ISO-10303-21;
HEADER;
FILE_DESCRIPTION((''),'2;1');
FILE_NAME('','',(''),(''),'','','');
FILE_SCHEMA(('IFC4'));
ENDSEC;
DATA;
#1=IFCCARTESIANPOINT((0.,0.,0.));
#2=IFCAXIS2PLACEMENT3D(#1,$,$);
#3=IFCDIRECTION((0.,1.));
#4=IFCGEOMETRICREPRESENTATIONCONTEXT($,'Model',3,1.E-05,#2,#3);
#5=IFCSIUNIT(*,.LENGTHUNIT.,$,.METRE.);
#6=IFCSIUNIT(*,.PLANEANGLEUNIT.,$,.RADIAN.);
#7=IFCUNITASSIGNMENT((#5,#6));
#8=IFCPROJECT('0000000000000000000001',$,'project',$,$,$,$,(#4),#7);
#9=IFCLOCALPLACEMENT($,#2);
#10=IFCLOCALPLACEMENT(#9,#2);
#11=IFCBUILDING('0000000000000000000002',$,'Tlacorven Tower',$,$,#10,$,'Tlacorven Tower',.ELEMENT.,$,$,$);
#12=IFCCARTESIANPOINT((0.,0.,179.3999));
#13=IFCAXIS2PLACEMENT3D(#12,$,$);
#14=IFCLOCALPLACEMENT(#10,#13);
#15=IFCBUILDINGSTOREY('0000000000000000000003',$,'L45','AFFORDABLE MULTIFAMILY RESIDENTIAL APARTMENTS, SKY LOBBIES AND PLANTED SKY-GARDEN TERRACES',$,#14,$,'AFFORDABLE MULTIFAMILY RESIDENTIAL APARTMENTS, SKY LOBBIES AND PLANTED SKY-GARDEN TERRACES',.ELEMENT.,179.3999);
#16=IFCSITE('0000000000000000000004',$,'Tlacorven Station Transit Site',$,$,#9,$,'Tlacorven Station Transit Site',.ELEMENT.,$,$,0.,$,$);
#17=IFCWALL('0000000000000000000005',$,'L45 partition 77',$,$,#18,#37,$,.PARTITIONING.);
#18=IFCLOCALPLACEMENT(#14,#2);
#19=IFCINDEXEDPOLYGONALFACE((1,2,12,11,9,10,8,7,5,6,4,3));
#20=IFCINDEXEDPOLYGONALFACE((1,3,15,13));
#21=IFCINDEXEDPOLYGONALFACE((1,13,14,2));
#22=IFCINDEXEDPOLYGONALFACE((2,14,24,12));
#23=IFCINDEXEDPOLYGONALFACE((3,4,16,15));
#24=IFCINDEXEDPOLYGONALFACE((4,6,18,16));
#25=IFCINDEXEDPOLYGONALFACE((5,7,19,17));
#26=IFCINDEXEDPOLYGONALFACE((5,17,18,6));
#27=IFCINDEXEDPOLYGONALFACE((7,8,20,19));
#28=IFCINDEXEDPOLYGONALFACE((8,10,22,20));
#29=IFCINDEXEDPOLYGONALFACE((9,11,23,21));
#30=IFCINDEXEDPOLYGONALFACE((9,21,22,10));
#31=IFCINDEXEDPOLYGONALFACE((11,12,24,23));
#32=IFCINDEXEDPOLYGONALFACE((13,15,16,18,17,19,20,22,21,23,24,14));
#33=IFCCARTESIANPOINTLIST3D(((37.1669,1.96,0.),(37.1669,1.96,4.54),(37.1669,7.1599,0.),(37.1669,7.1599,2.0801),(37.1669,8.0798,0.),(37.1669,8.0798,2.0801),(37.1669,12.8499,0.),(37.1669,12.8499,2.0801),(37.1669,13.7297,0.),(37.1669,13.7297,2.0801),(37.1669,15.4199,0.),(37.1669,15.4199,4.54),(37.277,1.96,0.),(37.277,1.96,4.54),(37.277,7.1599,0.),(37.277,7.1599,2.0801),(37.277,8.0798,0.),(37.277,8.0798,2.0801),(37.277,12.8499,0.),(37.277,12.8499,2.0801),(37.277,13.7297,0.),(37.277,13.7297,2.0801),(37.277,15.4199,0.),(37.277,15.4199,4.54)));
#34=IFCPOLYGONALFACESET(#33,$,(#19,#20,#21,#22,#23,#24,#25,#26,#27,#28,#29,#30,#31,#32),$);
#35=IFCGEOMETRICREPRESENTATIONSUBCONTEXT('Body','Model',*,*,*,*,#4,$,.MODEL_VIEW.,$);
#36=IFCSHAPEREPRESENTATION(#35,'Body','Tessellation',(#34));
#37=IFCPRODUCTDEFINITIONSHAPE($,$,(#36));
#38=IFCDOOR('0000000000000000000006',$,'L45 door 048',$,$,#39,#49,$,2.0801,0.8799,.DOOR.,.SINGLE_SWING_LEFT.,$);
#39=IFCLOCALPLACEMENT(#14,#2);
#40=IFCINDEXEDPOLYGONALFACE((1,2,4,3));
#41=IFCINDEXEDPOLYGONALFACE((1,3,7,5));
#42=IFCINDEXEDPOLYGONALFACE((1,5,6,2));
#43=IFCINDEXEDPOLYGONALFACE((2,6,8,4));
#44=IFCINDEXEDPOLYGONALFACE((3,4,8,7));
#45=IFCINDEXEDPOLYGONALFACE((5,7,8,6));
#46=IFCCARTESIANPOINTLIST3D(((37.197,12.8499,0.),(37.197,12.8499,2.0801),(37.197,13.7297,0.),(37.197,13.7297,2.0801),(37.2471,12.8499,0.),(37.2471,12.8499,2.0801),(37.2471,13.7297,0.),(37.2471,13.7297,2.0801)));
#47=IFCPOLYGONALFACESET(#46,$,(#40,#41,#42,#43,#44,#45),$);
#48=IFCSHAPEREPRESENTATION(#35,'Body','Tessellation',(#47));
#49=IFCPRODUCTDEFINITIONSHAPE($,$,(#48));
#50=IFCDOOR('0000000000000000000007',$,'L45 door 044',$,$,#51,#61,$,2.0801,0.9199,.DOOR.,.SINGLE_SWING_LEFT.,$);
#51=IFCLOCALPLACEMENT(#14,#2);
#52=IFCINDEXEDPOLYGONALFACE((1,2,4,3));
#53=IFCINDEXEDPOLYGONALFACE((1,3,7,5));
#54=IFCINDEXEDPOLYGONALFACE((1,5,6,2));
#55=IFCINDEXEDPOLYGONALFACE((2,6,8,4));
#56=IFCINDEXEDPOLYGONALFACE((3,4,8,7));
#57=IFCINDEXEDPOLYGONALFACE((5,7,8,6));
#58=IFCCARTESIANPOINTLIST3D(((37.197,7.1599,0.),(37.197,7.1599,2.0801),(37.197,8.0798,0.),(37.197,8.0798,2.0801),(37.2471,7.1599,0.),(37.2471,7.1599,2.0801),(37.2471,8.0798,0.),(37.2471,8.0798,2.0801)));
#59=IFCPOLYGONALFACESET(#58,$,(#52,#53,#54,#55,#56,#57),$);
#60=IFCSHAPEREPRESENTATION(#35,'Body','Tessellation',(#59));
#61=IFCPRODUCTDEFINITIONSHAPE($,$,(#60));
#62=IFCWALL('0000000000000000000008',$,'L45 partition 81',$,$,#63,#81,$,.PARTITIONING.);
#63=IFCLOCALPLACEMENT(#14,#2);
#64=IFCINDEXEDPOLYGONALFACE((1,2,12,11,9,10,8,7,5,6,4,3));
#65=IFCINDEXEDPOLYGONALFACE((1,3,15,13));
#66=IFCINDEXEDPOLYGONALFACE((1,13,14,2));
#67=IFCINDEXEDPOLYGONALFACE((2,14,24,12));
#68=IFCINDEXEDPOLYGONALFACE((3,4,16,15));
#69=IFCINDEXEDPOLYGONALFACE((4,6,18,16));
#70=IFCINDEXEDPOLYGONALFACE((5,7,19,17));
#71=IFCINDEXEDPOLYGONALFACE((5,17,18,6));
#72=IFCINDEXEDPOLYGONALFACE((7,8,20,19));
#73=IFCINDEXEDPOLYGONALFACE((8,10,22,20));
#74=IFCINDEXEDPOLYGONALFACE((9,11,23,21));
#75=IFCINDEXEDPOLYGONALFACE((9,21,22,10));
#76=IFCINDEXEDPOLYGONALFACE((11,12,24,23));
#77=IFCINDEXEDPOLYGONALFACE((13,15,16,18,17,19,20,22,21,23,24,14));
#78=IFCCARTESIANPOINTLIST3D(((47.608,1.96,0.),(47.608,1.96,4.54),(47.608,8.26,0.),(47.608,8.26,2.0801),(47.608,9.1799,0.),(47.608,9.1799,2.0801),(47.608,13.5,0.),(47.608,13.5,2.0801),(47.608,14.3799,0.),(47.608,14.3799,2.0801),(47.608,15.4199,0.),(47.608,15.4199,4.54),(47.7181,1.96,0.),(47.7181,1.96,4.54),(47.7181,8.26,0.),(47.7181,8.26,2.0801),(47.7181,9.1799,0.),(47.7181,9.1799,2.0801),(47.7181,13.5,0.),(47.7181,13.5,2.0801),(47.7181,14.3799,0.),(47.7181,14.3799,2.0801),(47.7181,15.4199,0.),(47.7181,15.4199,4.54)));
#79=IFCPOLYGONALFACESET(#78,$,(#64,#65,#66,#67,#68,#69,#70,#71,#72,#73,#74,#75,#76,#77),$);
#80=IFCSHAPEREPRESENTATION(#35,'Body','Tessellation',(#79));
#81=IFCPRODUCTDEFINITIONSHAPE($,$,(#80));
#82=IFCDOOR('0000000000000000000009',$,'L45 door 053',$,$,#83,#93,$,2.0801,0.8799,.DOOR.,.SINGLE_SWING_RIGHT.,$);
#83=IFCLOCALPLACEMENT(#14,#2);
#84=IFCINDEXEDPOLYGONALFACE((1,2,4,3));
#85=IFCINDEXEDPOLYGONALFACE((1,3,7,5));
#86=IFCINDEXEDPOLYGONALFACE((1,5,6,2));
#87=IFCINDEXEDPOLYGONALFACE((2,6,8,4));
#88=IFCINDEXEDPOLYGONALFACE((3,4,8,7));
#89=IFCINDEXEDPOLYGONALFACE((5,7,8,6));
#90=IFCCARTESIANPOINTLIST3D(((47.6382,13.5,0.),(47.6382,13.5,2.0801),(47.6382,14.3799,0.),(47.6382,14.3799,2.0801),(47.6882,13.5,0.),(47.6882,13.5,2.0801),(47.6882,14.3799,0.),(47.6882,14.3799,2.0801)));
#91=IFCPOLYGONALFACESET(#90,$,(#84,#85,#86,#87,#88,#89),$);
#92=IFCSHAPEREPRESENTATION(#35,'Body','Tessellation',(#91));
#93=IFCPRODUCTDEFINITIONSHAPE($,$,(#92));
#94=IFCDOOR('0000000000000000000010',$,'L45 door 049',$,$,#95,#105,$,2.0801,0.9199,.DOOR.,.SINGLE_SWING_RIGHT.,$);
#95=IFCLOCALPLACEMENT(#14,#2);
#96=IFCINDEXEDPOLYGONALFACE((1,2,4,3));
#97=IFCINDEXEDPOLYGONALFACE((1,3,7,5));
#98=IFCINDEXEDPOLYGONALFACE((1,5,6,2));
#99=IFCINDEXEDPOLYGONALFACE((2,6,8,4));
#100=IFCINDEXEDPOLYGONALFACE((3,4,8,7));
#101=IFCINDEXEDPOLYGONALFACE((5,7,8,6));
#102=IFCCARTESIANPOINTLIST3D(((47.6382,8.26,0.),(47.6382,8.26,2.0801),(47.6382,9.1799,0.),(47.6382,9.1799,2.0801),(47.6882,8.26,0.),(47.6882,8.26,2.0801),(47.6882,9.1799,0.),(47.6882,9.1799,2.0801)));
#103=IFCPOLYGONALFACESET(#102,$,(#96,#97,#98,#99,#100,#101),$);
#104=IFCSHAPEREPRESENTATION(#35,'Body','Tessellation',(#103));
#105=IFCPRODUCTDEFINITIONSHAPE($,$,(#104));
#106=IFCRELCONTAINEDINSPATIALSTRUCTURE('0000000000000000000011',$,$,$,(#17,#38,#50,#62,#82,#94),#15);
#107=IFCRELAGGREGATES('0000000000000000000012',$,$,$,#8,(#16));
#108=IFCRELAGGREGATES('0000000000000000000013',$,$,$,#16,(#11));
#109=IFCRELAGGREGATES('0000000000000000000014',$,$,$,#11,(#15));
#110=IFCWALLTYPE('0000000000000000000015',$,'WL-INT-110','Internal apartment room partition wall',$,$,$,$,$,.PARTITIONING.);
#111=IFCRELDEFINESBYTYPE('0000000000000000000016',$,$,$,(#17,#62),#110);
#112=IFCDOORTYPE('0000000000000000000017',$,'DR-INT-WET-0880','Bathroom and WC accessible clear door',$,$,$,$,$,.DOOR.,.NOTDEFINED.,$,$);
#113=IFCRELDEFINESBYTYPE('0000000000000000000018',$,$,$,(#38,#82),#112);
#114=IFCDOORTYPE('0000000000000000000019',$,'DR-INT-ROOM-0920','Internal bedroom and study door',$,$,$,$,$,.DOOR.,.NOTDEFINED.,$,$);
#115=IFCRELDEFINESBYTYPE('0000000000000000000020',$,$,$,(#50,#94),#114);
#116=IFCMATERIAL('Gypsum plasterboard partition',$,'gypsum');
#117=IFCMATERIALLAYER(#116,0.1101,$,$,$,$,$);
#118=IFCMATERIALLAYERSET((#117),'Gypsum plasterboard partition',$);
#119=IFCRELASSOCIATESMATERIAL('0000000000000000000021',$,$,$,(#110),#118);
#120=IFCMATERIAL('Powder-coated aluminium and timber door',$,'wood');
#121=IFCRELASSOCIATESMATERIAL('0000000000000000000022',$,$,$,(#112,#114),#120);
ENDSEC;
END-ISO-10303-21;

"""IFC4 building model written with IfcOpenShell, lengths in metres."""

from ifc_helpers import new_model, si_unit, direction, frame, frame_2d, origin, place, context, subcontext, project, spatial, rectangle, extrude, source, transform, mapped, material, layer, layer_set, type_object, element, fill, save


model = new_model("IFC4")

# Units and contexts
model_context = context("Model", 3, precision=1e-05, world=origin(), true_north=direction((0.0, 1.0)))
body_context = subcontext(model_context, "Body", "Model", "MODEL_VIEW")
ifc_project = project(units=[si_unit("LENGTHUNIT", "METRE"), si_unit("PLANEANGLEUNIT", "RADIAN")], contexts=[model_context])

# Site, building, storey
site_placement = place(None, origin())
site = spatial("IfcSite", under=ifc_project, at=site_placement, Name="Tlacorven Station Transit Site", LongName="Tlacorven Station Transit Site", CompositionType="ELEMENT", RefElevation=0.0)
building_placement = place(site_placement, origin())
building = spatial("IfcBuilding", under=site, at=building_placement, Name="Tlacorven Tower", LongName="Tlacorven Tower", CompositionType="ELEMENT")
storey_placement = place(building_placement, frame((0.0, 0.0, 179.3999)))
storey = spatial("IfcBuildingStorey", under=building, at=storey_placement, Name="L45", Description="AFFORDABLE MULTIFAMILY RESIDENTIAL APARTMENTS, SKY LOBBIES AND PLANTED SKY-GARDEN TERRACES", LongName="AFFORDABLE MULTIFAMILY RESIDENTIAL APARTMENTS, SKY LOBBIES AND PLANTED SKY-GARDEN TERRACES", CompositionType="ELEMENT", Elevation=179.3999)

# Walls, openings, doors
ifc_material_1 = material(Name="Gypsum plasterboard partition", Category="gypsum")
ifc_layer_1 = layer(ifc_material_1, 0.1101)
ifc_layer_set_1 = layer_set([ifc_layer_1], Name="Gypsum plasterboard partition")
wall_type_1 = type_object("IfcWallType", Name="WL-INT-110", Description="Internal apartment room partition wall", PredefinedType="PARTITIONING", material=ifc_layer_set_1)
wall_1_placement = place(storey_placement, frame((37.2219, 1.96, 0.0), z_axis=(0.0, 0.0, 1.0), x_axis=(0.0, 1.0, 0.0)))
wall_1 = element("IfcWall", 1, at=wall_1_placement, inside=storey, type_object=wall_type_1, Name="L45 partition 77", PredefinedType="PARTITIONING", context=body_context, shape_type="SweptSolid", body=[
    extrude(rectangle(XDim=13.46, YDim=0.1101, at=frame_2d((6.73, 0.0))), origin(), (0.0, 0.0, 1.0), 4.54),
])
opening_1_placement = place(wall_1_placement, frame((5.2, 0.0, 0.0)))
opening_1 = element("IfcOpeningElement", 2, at=opening_1_placement, cuts=wall_1, PredefinedType="OPENING", context=body_context, shape_type="SweptSolid", body=[
    extrude(rectangle(XDim=0.9199, YDim=2.0801, at=frame_2d((0.46, 1.04))), frame((0.0, 0.0649, 0.0), z_axis=(0.0, -1.0, 0.0), x_axis=(1.0, 0.0, 0.0)), (0.0, 0.0, 1.0), 0.1301),
])
opening_2_placement = place(wall_1_placement, frame((10.8899, 0.0, 0.0)))
opening_2 = element("IfcOpeningElement", 3, at=opening_2_placement, cuts=wall_1, PredefinedType="OPENING", context=body_context, shape_type="SweptSolid", body=[
    extrude(rectangle(XDim=0.8799, YDim=2.0801, at=frame_2d((0.4399, 1.04))), frame((0.0, 0.0649, 0.0), z_axis=(0.0, -1.0, 0.0), x_axis=(1.0, 0.0, 0.0)), (0.0, 0.0, 1.0), 0.1301),
])
ifc_material_2 = material(Name="Powder-coated aluminium and timber door", Category="wood")
door_type_1 = type_object("IfcDoorType", Name="DR-INT-WET-0880", Description="Bathroom and WC accessible clear door", OperationType="NOTDEFINED", PredefinedType="DOOR", material=ifc_material_2)
shared_shape_1 = source(origin(), body_context, "Body", "SweptSolid", [
    extrude(rectangle(XDim=0.8799, YDim=2.0801, at=frame_2d((0.4399, 1.04))), frame((0.0, 0.0249, 0.0), z_axis=(0.0, -1.0, 0.0), x_axis=(1.0, 0.0, 0.0)), (0.0, 0.0, 1.0), 0.05),
])
door_1_placement = place(opening_2_placement, origin())
door_1 = element("IfcDoor", 4, at=door_1_placement, inside=storey, type_object=door_type_1, Name="L45 door 048", OperationType="SINGLE_SWING_LEFT", OverallHeight=2.0801, OverallWidth=0.8799, PredefinedType="DOOR", context=body_context, shape_type="MappedRepresentation", body=[
    mapped(shared_shape_1, transform((0.0, 0.0, 0.0), scale=1.0)),
])
fill(opening_2, door_1)
door_type_2 = type_object("IfcDoorType", Name="DR-INT-ROOM-0920", Description="Internal bedroom and study door", OperationType="NOTDEFINED", PredefinedType="DOOR", material=ifc_material_2)
shared_shape_2 = source(origin(), body_context, "Body", "SweptSolid", [
    extrude(rectangle(XDim=0.9199, YDim=2.0801, at=frame_2d((0.46, 1.04))), frame((0.0, 0.0249, 0.0), z_axis=(0.0, -1.0, 0.0), x_axis=(1.0, 0.0, 0.0)), (0.0, 0.0, 1.0), 0.05),
])
door_2_placement = place(opening_1_placement, origin())
door_2 = element("IfcDoor", 5, at=door_2_placement, inside=storey, type_object=door_type_2, Name="L45 door 044", OperationType="SINGLE_SWING_LEFT", OverallHeight=2.0801, OverallWidth=0.9199, PredefinedType="DOOR", context=body_context, shape_type="MappedRepresentation", body=[
    mapped(shared_shape_2, transform((0.0, 0.0, 0.0), scale=1.0)),
])
fill(opening_1, door_2)
wall_2_placement = place(storey_placement, frame((47.6631, 1.96, 0.0), z_axis=(0.0, 0.0, 1.0), x_axis=(0.0, 1.0, 0.0)))
wall_2 = element("IfcWall", 6, at=wall_2_placement, inside=storey, type_object=wall_type_1, Name="L45 partition 81", PredefinedType="PARTITIONING", context=body_context, shape_type="SweptSolid", body=[
    extrude(rectangle(XDim=13.46, YDim=0.1101, at=frame_2d((6.73, 0.0))), origin(), (0.0, 0.0, 1.0), 4.54),
])
opening_3_placement = place(wall_2_placement, frame((6.3, 0.0, 0.0)))
opening_3 = element("IfcOpeningElement", 7, at=opening_3_placement, cuts=wall_2, PredefinedType="OPENING", context=body_context, shape_type="SweptSolid", body=[
    extrude(rectangle(XDim=0.9199, YDim=2.0801, at=frame_2d((0.46, 1.04))), frame((0.0, 0.0649, 0.0), z_axis=(0.0, -1.0, 0.0), x_axis=(1.0, 0.0, 0.0)), (0.0, 0.0, 1.0), 0.1301),
])
opening_4_placement = place(wall_2_placement, frame((11.54, 0.0, 0.0)))
opening_4 = element("IfcOpeningElement", 8, at=opening_4_placement, cuts=wall_2, PredefinedType="OPENING", context=body_context, shape_type="SweptSolid", body=[
    extrude(rectangle(XDim=0.8799, YDim=2.0801, at=frame_2d((0.4399, 1.04))), frame((0.0, 0.0649, 0.0), z_axis=(0.0, -1.0, 0.0), x_axis=(1.0, 0.0, 0.0)), (0.0, 0.0, 1.0), 0.1301),
])
door_3_placement = place(opening_4_placement, origin())
door_3 = element("IfcDoor", 9, at=door_3_placement, inside=storey, type_object=door_type_1, Name="L45 door 053", OperationType="SINGLE_SWING_RIGHT", OverallHeight=2.0801, OverallWidth=0.8799, PredefinedType="DOOR", context=body_context, shape_type="MappedRepresentation", body=[
    mapped(shared_shape_1, transform((0.0, 0.0, 0.0), scale=1.0)),
])
fill(opening_4, door_3)
door_4_placement = place(opening_3_placement, origin())
door_4 = element("IfcDoor", 10, at=door_4_placement, inside=storey, type_object=door_type_2, Name="L45 door 049", OperationType="SINGLE_SWING_RIGHT", OverallHeight=2.0801, OverallWidth=0.9199, PredefinedType="DOOR", context=body_context, shape_type="MappedRepresentation", body=[
    mapped(shared_shape_2, transform((0.0, 0.0, 0.0), scale=1.0)),
])
fill(opening_3, door_4)

save(model, "model.ifc")
